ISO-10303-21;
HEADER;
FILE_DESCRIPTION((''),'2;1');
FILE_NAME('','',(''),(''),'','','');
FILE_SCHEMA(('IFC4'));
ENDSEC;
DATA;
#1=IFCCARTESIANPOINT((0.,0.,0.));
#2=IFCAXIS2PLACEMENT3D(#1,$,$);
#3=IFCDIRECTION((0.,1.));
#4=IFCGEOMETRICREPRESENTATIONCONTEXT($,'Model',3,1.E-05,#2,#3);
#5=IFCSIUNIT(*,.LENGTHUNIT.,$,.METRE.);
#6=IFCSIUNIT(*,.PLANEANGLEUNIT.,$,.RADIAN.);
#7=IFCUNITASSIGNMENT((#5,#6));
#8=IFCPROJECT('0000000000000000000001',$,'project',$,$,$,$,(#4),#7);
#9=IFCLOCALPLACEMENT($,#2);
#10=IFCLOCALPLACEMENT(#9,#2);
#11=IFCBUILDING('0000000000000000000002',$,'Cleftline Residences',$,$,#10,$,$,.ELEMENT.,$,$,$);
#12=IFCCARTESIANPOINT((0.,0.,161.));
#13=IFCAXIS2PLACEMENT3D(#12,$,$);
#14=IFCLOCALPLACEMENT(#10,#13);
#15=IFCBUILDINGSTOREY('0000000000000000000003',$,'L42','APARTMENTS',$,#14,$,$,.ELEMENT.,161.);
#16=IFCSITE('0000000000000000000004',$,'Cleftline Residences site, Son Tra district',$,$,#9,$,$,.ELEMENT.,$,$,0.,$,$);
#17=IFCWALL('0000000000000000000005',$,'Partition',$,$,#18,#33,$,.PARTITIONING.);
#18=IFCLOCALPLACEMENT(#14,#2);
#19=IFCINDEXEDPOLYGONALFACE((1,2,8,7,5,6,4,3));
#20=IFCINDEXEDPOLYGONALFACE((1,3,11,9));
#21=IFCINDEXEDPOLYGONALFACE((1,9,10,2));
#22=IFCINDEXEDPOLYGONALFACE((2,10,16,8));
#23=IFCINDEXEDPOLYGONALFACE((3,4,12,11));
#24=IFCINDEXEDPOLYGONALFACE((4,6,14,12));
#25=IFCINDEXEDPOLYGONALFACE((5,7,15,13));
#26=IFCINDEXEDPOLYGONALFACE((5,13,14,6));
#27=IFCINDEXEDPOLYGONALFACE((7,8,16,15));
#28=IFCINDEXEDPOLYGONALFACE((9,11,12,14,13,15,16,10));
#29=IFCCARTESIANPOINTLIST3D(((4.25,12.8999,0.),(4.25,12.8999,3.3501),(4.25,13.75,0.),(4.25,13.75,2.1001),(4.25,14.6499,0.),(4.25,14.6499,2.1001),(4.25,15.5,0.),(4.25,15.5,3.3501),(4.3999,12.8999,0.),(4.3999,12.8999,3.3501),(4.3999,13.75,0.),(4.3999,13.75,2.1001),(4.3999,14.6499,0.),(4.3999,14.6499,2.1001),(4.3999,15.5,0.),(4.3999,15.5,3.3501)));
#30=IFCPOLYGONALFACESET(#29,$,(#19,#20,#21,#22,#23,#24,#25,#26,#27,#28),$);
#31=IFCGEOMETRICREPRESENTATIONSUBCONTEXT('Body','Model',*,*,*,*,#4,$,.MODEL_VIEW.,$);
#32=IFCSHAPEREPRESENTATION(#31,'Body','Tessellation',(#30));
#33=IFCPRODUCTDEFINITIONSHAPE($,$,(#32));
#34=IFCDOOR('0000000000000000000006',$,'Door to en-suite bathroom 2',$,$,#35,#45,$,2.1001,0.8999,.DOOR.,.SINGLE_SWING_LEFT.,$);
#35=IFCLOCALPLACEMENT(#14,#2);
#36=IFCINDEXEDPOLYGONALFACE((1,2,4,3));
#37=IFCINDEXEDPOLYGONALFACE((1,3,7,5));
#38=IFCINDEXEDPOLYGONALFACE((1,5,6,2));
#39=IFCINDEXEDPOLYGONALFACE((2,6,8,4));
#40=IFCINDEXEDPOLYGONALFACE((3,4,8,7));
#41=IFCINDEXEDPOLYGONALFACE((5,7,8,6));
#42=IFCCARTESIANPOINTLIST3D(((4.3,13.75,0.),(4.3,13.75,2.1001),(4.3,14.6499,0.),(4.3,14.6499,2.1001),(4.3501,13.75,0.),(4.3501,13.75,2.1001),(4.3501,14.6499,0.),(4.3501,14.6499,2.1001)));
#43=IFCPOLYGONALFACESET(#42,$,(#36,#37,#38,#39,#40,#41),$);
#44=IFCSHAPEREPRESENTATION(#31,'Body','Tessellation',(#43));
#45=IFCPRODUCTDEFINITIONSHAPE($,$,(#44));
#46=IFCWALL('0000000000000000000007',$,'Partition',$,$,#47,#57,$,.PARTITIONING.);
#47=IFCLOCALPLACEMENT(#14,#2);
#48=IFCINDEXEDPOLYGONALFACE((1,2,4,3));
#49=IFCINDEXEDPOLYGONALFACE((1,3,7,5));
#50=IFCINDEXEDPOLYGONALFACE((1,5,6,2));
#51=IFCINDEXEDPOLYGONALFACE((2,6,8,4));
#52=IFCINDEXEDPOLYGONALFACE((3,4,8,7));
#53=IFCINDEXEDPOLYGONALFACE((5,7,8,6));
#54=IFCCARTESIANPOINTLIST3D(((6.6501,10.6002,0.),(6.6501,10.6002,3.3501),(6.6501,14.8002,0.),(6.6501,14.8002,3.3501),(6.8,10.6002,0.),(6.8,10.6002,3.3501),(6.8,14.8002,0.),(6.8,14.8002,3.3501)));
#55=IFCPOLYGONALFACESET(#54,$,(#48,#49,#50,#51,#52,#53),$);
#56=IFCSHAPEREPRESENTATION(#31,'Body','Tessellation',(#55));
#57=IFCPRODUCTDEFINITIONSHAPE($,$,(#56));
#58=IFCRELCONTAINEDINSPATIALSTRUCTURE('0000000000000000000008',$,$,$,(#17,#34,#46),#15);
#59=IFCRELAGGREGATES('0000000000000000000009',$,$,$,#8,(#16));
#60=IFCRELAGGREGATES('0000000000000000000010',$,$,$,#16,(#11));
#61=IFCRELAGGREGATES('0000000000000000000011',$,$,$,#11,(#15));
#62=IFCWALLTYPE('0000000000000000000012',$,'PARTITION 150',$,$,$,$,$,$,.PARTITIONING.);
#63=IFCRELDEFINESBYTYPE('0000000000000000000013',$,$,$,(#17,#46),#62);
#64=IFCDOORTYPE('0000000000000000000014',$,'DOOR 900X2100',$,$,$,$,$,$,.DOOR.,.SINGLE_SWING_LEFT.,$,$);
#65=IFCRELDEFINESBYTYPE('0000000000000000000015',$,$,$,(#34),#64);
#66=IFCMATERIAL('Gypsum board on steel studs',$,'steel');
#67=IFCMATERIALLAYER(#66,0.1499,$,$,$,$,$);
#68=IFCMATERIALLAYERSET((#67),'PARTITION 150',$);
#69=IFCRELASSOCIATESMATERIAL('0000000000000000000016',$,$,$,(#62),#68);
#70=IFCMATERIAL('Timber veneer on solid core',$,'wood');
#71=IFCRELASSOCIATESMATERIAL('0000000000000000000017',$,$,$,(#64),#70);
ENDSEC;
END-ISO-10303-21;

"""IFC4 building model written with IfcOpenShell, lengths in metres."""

from ifc_helpers import new_model, si_unit, direction, frame, frame_2d, origin, place, context, subcontext, project, spatial, rectangle, extrude, material, layer, layer_set, type_object, element, fill, save


model = new_model("IFC4")

# Units and contexts
model_context = context("Model", 3, precision=1e-05, world=origin(), true_north=direction((0.0, 1.0)))
body_context = subcontext(model_context, "Body", "Model", "MODEL_VIEW")
ifc_project = project(units=[si_unit("LENGTHUNIT", "METRE"), si_unit("PLANEANGLEUNIT", "RADIAN")], contexts=[model_context])

# Site, building, storey
site_placement = place(None, origin())
site = spatial("IfcSite", under=ifc_project, at=site_placement, Name="Cleftline Residences site, Son Tra district", CompositionType="ELEMENT", RefElevation=0.0)
building_placement = place(site_placement, origin())
building = spatial("IfcBuilding", under=site, at=building_placement, Name="Cleftline Residences", CompositionType="ELEMENT")
storey_placement = place(building_placement, frame((0.0, 0.0, 161.0)))
storey = spatial("IfcBuildingStorey", under=building, at=storey_placement, Name="L42", Description="APARTMENTS", CompositionType="ELEMENT", Elevation=161.0)

# Shared definitions
ifc_material_1 = material(Name="Gypsum board on steel studs", Category="steel")
ifc_layer = layer(ifc_material_1, 0.1499)
ifc_layer_set = layer_set([ifc_layer], Name="PARTITION 150")
wall_type = type_object("IfcWallType", Name="PARTITION 150", PredefinedType="PARTITIONING", material=ifc_layer_set)
ifc_material_2 = material(Name="Timber veneer on solid core", Category="wood")
door_type_1 = type_object("IfcDoorType", Name="DOOR 900X2100", OperationType="SINGLE_SWING_LEFT", PredefinedType="DOOR", material=ifc_material_2)

# Wall, opening, door
wall_1_placement = place(storey_placement, frame((4.325, 12.8999, 0.0), z_axis=(0.0, 0.0, 1.0), x_axis=(0.0, 1.0, 0.0)))
wall_1 = element("IfcWall", 1, at=wall_1_placement, inside=storey, type_object=wall_type, Name="Partition", PredefinedType="PARTITIONING", context=body_context, shape_type="SweptSolid", body=[
    extrude(rectangle(XDim=2.6001, YDim=0.1499, at=frame_2d((1.3, 0.0))), origin(), (0.0, 0.0, 1.0), 3.3501),
])
opening_1_placement = place(wall_1_placement, frame((0.8501, 0.0, 0.0)))
opening_1 = element("IfcOpeningElement", 2, at=opening_1_placement, cuts=wall_1, PredefinedType="OPENING", context=body_context, shape_type="SweptSolid", body=[
    extrude(rectangle(XDim=0.8999, YDim=2.1001, at=frame_2d((0.45, 1.05))), frame((0.0, 0.085, 0.0), z_axis=(0.0, -1.0, 0.0), x_axis=(1.0, 0.0, 0.0)), (0.0, 0.0, 1.0), 0.1699),
])
door_1_placement = place(opening_1_placement, origin())
door_1 = element("IfcDoor", 3, at=door_1_placement, inside=storey, type_object=door_type_1, Name="Door to en-suite bathroom 2", OperationType="SINGLE_SWING_LEFT", OverallHeight=2.1001, OverallWidth=0.8999, PredefinedType="DOOR", context=body_context, shape_type="SweptSolid", body=[
    extrude(rectangle(XDim=0.8999, YDim=2.1001, at=frame_2d((0.45, 1.05))), frame((0.0, 0.0249, 0.0), z_axis=(0.0, -1.0, 0.0), x_axis=(1.0, 0.0, 0.0)), (0.0, 0.0, 1.0), 0.05),
])
fill(opening_1, door_1)

# Wall
wall_2_placement = place(storey_placement, frame((6.7251, 10.6001, 0.0), z_axis=(0.0, 0.0, 1.0), x_axis=(0.0, 1.0, 0.0)))
element("IfcWall", 4, at=wall_2_placement, inside=storey, type_object=wall_type, Name="Partition", PredefinedType="PARTITIONING", context=body_context, shape_type="SweptSolid", body=[
    extrude(rectangle(XDim=4.2, YDim=0.1499, at=frame_2d((2.1001, 0.0))), origin(), (0.0, 0.0, 1.0), 3.3501),
])

save(model, "model.ifc")
